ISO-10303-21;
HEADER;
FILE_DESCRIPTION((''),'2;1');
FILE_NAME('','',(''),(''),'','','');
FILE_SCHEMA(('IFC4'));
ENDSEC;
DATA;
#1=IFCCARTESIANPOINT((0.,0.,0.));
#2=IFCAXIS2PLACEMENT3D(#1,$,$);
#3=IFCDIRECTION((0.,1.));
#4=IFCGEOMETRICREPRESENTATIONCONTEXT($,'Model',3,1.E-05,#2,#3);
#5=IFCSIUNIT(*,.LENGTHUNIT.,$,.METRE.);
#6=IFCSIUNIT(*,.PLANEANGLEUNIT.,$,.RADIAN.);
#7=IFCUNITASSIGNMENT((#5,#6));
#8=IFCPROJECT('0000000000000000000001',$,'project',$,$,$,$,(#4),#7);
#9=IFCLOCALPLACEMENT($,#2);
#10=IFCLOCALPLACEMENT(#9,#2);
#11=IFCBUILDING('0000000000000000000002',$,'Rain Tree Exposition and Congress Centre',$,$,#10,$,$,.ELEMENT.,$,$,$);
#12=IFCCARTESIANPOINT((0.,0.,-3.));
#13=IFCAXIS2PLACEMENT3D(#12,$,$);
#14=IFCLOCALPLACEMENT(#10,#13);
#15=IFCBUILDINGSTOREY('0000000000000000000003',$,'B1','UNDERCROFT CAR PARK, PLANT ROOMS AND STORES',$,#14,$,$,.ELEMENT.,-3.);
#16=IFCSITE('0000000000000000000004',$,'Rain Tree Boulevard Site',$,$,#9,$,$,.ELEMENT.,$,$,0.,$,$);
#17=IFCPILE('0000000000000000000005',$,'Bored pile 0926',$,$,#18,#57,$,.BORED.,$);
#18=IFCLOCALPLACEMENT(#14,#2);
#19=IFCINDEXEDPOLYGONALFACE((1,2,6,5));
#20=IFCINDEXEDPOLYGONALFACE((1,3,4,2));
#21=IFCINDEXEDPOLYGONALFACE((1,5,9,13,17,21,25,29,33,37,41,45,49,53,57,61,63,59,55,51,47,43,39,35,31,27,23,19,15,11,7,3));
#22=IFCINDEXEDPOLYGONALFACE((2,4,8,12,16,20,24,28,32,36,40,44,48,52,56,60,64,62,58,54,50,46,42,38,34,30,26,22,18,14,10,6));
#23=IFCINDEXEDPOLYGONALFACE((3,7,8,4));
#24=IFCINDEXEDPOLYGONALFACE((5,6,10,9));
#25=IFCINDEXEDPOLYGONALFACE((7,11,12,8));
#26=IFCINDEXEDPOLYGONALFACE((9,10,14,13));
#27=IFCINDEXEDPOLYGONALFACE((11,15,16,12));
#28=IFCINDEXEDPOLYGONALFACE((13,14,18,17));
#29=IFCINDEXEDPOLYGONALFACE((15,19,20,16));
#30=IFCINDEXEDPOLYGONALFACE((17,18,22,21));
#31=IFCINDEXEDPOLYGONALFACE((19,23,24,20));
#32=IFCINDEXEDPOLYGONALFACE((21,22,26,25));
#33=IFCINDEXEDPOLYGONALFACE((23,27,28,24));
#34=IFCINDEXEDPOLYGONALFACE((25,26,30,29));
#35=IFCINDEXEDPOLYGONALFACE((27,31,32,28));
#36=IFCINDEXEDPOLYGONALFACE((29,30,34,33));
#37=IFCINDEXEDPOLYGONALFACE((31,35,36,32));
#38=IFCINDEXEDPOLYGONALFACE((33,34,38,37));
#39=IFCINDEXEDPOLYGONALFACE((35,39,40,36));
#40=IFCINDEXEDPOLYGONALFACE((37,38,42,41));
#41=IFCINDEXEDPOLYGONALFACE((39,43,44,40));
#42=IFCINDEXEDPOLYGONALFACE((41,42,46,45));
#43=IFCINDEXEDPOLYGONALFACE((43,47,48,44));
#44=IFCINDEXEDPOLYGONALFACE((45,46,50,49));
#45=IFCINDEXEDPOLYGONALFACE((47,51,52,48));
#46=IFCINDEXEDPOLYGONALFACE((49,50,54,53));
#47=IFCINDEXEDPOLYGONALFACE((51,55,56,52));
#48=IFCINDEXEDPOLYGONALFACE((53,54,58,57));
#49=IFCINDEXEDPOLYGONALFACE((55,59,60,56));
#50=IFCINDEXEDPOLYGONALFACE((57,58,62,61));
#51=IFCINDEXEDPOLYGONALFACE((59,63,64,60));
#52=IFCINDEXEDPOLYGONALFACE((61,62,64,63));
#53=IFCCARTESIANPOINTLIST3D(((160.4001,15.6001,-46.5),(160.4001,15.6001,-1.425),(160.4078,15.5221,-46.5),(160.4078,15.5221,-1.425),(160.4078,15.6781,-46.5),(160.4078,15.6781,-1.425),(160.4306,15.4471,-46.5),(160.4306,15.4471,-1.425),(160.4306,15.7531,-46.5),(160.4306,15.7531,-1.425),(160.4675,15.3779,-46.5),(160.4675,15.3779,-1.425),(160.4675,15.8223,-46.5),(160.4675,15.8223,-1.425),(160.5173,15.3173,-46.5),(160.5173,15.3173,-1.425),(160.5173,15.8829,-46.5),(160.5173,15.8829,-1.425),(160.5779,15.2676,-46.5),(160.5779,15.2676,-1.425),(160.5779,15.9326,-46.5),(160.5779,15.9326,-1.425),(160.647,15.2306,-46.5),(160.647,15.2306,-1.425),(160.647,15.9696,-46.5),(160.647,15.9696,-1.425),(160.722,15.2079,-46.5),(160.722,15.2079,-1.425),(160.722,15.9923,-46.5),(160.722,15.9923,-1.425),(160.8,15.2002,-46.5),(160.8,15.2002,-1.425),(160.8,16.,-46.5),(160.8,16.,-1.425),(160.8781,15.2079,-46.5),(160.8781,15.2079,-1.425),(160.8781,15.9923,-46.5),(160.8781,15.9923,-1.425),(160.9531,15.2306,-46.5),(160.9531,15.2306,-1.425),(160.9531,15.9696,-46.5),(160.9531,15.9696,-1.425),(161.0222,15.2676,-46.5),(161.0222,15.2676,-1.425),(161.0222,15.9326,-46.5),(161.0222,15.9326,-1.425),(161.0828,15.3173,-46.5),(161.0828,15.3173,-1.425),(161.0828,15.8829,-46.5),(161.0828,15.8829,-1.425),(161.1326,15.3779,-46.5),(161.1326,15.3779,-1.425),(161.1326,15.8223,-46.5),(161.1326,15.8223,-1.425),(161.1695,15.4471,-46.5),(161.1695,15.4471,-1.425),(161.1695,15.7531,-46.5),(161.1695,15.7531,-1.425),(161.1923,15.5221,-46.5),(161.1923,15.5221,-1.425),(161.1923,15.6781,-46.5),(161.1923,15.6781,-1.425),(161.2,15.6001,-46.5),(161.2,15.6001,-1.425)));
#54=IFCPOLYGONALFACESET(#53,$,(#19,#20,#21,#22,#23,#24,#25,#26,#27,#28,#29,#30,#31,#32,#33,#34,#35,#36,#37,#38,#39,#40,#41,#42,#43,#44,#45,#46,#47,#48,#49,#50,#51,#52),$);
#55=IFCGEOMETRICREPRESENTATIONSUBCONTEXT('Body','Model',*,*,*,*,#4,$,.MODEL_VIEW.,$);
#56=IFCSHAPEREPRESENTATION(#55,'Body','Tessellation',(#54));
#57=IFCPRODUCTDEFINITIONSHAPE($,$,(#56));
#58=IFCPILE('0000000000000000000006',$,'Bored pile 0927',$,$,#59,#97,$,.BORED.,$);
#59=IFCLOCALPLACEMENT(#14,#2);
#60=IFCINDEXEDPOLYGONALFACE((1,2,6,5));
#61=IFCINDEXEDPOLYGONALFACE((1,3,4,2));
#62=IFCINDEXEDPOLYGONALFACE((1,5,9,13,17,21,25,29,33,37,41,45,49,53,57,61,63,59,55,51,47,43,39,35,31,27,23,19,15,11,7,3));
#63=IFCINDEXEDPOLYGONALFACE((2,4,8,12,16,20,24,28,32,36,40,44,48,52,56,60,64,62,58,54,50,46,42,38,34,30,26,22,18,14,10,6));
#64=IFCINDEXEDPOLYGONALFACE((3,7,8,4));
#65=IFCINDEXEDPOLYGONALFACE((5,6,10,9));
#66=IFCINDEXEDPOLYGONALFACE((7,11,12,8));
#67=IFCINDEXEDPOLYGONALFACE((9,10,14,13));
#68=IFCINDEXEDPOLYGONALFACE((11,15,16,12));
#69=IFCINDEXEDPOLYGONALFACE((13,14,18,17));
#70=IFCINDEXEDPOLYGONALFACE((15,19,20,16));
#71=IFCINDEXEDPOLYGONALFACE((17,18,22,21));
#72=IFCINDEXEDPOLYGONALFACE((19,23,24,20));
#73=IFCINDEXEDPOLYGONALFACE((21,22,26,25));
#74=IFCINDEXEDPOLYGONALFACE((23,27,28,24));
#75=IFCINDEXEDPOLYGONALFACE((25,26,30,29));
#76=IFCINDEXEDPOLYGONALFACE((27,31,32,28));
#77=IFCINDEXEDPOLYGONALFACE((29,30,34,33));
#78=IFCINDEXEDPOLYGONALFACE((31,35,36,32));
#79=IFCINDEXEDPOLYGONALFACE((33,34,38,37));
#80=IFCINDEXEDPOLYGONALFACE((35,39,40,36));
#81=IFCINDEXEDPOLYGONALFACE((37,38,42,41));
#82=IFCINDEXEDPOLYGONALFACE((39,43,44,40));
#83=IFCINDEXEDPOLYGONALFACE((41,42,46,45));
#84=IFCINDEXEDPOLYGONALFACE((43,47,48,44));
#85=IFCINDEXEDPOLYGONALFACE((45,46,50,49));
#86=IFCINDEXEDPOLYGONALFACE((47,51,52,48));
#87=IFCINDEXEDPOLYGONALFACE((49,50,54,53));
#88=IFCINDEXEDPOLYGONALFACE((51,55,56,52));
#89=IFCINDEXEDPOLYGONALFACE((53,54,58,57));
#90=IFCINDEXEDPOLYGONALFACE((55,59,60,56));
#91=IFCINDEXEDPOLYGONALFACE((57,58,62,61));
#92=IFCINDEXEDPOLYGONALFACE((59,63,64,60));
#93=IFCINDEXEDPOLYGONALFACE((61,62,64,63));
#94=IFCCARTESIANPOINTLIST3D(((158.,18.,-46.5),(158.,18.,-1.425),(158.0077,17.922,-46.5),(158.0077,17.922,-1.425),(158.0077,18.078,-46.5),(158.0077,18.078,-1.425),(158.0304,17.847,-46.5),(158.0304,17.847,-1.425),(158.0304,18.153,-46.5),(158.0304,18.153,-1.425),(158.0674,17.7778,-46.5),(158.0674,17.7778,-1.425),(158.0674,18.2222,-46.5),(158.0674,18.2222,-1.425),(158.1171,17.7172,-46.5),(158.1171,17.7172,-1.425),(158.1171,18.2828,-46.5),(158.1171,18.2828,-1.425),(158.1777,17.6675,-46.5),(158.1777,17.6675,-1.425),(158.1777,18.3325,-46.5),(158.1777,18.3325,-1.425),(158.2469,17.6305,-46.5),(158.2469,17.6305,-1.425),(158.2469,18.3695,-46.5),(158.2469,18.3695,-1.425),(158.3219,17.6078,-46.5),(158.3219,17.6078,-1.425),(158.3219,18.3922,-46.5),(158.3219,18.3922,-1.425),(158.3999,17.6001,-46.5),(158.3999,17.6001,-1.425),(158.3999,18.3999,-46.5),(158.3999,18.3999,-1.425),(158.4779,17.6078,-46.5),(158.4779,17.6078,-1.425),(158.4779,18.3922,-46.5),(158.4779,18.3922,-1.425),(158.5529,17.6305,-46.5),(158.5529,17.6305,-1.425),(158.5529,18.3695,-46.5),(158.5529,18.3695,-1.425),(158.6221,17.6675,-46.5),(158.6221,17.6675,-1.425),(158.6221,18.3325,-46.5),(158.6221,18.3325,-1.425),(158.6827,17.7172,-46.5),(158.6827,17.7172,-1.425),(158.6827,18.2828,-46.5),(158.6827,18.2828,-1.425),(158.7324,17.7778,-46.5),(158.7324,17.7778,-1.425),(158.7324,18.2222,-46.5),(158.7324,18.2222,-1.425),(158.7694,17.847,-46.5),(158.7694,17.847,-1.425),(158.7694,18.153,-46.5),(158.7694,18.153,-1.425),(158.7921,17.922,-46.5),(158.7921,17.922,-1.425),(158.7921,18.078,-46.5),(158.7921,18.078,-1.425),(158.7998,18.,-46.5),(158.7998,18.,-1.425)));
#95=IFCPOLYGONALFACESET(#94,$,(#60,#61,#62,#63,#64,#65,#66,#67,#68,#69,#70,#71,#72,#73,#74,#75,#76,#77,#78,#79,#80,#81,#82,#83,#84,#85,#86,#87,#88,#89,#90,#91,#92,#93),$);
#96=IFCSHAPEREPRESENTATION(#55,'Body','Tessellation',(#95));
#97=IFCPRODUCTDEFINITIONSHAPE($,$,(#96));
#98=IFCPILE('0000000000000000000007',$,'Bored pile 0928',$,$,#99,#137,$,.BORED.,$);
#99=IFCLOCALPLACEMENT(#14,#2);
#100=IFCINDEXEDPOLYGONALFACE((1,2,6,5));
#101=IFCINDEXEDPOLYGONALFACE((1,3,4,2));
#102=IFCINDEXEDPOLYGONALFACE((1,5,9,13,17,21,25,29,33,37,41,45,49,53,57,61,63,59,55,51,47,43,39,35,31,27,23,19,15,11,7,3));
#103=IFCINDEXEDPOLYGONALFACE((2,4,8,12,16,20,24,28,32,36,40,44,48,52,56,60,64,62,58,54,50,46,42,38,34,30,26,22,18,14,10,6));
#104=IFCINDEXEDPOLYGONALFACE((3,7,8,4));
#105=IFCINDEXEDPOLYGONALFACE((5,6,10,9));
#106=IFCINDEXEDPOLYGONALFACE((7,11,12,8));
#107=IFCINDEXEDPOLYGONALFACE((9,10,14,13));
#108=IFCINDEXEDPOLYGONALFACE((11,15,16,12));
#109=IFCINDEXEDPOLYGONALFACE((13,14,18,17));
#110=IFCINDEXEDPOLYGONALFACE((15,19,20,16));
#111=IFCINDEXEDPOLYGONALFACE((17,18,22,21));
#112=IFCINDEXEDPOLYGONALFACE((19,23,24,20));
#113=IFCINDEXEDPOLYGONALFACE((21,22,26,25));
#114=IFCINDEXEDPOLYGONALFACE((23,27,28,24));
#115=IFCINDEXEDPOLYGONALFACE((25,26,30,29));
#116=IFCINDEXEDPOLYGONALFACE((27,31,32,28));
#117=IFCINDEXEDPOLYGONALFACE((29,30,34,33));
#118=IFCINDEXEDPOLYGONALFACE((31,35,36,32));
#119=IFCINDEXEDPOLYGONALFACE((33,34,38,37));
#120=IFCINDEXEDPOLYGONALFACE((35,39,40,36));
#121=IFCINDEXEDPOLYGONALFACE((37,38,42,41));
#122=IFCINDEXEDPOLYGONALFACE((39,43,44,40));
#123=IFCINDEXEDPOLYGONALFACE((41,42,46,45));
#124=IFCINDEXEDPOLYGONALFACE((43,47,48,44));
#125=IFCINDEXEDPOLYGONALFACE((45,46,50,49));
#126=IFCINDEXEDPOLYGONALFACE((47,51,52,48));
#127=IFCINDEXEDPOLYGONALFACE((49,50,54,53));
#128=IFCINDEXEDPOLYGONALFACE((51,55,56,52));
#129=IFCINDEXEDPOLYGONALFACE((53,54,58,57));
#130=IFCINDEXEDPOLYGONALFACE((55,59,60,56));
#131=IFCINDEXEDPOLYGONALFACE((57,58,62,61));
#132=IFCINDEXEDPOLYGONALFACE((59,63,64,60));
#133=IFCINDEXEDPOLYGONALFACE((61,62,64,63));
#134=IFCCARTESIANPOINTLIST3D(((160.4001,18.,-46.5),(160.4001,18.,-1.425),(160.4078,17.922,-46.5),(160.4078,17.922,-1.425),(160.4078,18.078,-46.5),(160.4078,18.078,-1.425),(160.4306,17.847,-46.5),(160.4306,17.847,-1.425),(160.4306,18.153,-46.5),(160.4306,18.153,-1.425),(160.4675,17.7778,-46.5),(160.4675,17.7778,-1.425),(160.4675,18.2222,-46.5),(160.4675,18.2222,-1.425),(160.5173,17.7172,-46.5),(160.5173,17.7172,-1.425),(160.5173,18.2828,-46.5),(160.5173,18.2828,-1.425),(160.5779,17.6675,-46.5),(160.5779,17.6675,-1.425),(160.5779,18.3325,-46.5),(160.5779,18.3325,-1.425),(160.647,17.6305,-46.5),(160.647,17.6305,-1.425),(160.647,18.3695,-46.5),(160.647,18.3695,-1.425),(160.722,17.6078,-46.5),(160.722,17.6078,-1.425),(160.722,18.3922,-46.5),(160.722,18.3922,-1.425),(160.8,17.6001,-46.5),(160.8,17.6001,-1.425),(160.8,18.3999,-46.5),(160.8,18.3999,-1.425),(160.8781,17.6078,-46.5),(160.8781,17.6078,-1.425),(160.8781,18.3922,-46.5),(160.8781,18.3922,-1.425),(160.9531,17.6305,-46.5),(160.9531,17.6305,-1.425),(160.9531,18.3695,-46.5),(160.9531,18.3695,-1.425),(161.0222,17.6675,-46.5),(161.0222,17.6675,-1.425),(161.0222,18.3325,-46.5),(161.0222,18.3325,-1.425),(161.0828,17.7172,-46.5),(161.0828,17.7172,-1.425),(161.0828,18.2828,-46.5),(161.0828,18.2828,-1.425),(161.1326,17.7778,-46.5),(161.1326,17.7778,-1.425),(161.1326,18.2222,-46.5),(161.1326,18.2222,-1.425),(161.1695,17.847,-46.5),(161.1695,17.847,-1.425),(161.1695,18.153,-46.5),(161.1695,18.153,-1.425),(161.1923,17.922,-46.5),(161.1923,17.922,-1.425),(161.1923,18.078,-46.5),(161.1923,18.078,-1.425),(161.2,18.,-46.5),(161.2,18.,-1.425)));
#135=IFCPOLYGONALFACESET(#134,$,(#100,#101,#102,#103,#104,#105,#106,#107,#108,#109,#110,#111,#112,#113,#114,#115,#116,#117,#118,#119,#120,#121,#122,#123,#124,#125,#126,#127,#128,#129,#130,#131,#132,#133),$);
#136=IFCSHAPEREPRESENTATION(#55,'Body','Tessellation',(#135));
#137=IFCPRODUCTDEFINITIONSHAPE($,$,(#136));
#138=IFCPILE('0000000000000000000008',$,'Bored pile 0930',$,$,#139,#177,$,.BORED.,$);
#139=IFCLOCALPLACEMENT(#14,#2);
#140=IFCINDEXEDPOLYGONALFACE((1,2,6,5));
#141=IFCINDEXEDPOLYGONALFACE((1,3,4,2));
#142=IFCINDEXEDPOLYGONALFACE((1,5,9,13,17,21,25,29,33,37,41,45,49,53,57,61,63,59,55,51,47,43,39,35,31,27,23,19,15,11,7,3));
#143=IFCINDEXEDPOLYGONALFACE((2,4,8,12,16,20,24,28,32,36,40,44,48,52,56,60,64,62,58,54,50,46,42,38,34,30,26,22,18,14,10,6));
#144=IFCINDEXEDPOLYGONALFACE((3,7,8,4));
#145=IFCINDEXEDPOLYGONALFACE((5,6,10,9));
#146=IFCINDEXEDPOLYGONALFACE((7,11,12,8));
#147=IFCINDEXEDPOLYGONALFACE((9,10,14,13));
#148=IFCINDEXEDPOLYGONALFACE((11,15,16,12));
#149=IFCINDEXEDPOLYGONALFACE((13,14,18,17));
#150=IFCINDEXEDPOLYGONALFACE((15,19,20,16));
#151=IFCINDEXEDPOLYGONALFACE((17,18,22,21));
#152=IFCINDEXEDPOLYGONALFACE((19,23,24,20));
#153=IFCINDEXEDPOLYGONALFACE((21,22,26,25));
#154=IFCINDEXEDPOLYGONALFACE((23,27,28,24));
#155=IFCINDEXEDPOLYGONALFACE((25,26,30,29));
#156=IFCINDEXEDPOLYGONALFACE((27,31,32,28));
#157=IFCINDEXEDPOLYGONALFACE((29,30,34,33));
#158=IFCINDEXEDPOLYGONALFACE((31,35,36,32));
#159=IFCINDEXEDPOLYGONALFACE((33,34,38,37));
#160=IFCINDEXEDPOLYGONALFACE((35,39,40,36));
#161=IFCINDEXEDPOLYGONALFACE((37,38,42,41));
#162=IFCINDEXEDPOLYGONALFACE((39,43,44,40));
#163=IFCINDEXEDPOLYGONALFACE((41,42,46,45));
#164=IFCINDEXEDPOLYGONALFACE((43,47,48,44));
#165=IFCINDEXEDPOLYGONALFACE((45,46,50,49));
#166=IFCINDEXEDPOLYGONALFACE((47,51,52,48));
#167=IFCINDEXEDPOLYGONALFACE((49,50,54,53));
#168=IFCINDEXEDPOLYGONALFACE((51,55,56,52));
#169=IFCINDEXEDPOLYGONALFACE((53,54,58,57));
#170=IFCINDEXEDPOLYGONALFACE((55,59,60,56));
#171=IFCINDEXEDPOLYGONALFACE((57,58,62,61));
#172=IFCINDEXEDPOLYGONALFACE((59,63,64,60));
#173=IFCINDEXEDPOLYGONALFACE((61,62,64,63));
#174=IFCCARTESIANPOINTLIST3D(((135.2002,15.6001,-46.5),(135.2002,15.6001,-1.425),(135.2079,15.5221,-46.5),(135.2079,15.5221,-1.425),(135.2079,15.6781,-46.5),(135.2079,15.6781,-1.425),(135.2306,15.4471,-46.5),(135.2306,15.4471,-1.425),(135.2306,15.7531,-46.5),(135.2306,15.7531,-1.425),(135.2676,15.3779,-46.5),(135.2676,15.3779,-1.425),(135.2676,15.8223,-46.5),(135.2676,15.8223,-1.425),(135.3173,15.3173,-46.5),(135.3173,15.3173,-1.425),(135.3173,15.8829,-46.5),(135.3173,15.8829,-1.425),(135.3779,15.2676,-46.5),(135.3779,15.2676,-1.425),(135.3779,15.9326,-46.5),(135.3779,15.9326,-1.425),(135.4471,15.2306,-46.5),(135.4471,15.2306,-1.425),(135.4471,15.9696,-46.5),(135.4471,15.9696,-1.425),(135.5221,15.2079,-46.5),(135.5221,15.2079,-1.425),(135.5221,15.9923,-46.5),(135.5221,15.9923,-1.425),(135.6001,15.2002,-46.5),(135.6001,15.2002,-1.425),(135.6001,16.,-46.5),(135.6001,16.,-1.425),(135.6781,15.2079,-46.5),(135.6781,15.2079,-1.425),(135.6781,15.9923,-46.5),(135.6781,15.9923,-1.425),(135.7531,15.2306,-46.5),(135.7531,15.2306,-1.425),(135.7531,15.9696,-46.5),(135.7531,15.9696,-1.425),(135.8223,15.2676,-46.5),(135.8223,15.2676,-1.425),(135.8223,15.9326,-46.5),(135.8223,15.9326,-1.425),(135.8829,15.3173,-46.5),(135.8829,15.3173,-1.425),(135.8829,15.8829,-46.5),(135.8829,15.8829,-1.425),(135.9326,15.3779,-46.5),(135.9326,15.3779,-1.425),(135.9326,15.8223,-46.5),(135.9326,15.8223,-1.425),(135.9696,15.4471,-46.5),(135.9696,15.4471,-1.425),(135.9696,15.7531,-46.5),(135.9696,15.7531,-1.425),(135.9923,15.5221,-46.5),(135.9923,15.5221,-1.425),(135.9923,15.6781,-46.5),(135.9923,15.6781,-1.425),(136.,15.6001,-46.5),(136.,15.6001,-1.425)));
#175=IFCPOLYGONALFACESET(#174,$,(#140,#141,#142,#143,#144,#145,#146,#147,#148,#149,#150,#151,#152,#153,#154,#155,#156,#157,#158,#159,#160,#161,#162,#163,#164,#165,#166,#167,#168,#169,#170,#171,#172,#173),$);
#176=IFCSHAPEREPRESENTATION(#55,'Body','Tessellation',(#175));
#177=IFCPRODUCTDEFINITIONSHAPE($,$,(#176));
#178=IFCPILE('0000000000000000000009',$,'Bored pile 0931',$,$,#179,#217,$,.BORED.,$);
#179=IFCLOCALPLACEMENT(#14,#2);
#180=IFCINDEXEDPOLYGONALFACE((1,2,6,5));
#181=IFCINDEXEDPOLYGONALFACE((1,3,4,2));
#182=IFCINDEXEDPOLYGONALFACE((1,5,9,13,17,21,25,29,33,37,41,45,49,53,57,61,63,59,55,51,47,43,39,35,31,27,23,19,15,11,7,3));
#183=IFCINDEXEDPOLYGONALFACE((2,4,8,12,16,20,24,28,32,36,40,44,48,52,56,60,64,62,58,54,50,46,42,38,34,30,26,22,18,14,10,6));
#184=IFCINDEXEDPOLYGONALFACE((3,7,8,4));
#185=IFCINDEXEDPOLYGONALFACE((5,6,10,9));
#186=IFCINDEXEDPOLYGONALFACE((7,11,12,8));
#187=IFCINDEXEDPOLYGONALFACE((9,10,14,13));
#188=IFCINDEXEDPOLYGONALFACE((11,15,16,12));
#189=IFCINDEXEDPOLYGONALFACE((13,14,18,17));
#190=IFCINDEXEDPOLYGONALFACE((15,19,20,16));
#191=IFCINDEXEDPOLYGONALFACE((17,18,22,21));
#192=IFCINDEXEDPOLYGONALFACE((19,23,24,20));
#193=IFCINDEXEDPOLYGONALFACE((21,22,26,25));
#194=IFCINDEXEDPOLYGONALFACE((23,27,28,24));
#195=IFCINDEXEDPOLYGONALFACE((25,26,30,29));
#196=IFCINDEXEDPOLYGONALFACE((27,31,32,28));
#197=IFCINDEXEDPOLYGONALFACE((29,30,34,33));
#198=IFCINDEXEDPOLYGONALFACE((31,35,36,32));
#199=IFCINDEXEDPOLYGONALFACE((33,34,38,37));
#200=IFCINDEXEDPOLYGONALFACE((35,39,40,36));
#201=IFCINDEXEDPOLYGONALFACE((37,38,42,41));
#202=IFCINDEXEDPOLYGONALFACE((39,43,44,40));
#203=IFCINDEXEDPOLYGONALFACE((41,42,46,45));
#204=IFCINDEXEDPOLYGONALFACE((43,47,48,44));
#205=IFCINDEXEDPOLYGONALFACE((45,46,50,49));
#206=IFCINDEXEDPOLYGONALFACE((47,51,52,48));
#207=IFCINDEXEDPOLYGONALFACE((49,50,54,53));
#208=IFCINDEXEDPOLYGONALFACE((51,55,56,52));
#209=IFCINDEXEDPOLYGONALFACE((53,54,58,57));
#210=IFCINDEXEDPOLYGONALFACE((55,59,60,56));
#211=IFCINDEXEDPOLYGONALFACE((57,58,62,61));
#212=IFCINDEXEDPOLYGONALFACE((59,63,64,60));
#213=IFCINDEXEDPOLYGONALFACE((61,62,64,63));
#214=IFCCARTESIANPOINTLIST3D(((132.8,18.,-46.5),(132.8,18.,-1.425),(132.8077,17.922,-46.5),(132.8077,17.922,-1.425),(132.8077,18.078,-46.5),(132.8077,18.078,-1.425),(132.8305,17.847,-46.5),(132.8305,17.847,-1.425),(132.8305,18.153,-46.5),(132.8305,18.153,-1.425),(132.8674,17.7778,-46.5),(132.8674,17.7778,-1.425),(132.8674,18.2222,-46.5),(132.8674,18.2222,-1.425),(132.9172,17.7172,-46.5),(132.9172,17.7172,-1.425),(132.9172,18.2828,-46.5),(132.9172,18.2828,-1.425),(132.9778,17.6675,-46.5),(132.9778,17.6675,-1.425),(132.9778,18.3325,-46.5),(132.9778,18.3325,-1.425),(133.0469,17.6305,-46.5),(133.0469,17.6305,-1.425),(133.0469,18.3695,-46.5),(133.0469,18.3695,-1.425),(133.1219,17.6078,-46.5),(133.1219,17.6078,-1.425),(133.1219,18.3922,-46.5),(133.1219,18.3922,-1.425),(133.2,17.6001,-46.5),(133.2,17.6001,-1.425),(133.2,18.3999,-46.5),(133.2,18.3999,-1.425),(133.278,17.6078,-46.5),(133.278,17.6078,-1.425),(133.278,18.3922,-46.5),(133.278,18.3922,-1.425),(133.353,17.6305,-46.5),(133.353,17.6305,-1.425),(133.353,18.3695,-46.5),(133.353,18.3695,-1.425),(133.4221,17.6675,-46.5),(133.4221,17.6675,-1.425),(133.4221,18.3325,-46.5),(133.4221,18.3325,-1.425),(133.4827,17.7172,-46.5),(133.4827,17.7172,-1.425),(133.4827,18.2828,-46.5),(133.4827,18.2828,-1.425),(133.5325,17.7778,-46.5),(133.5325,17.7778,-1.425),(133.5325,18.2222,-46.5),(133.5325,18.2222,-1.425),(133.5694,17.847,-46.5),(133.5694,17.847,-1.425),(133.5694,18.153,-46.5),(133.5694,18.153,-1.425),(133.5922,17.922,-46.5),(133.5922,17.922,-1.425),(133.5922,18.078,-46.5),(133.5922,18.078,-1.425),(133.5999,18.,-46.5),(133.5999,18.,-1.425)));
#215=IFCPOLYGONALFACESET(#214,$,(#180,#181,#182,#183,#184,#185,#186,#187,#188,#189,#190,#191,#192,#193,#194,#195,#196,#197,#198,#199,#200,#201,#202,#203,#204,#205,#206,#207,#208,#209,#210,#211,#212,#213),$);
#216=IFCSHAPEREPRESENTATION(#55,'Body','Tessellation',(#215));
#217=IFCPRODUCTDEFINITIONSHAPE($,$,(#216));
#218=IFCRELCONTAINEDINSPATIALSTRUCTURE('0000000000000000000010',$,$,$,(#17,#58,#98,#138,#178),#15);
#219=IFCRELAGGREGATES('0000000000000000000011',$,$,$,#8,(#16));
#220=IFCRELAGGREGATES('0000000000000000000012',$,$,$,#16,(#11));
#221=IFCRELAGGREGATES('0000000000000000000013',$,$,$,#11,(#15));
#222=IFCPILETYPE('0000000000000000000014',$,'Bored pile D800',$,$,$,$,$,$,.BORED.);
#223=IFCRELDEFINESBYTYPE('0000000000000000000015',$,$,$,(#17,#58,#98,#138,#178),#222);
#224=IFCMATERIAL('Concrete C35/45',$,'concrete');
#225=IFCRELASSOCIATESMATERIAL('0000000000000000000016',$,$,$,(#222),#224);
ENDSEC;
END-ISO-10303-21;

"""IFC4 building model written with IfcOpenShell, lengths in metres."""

from ifc_helpers import new_model, si_unit, direction, frame, origin, origin_2d, place, context, subcontext, project, spatial, circle, extrude, material, material_profile, profile_set, type_object, element, save


model = new_model("IFC4")

# Units and contexts
model_context = context("Model", 3, precision=1e-05, world=origin(), true_north=direction((0.0, 1.0)))
body_context = subcontext(model_context, "Body", "Model", "MODEL_VIEW")
ifc_project = project(units=[si_unit("LENGTHUNIT", "METRE"), si_unit("PLANEANGLEUNIT", "RADIAN")], contexts=[model_context])

# Site, building, storey
site_placement = place(None, origin())
site = spatial("IfcSite", under=ifc_project, at=site_placement, Name="Rain Tree Boulevard Site", CompositionType="ELEMENT", RefElevation=0.0)
building_placement = place(site_placement, origin())
building = spatial("IfcBuilding", under=site, at=building_placement, Name="Rain Tree Exposition and Congress Centre", CompositionType="ELEMENT")
storey_placement = place(building_placement, frame((0.0, 0.0, -3.0)))
storey = spatial("IfcBuildingStorey", under=building, at=storey_placement, Name="B1", Description="UNDERCROFT CAR PARK, PLANT ROOMS AND STORES", CompositionType="ELEMENT", Elevation=-3.0)

# Piles
ifc_material_1 = material(Name="Concrete C35/45", Category="concrete")
ifc_material_profile_1 = material_profile(ifc_material_1, circle(Radius=0.3999, at=origin_2d()), Name="D800")
ifc_profile_set_1 = profile_set([ifc_material_profile_1], Name="Concrete C35/45")
pile_type_1 = type_object("IfcPileType", Name="Bored pile D800", PredefinedType="BORED", material=ifc_profile_set_1)
for number, where, z_axis, x_axis, name in (
    (1, (160.8, 15.6001, -1.425), (0.0, 0.0, -1.0), (1.0, 0.0, 0.0), "Bored pile 0926"),
    (2, (158.3999, 18.0, -1.425), (0.0, 0.0, -1.0), (1.0, 0.0, 0.0), "Bored pile 0927"),
    (3, (160.8, 18.0, -1.425), (0.0, 0.0, -1.0), (1.0, 0.0, 0.0), "Bored pile 0928"),
    (4, (135.6001, 15.6001, -1.425), (0.0, 0.0, -1.0), (1.0, 0.0, 0.0), "Bored pile 0930"),
    (5, (133.2, 18.0, -1.425), (0.0, 0.0, -1.0), (1.0, 0.0, 0.0), "Bored pile 0931"),
):
    element("IfcPile", number, at=place(storey_placement, frame(where, z_axis=z_axis, x_axis=x_axis)), inside=storey, type_object=pile_type_1, Name=name, PredefinedType="BORED", context=body_context, shape_type="SweptSolid", body=[
        extrude(circle(Radius=0.3999, at=origin_2d()), origin(), (0.0, 0.0, 1.0), 45.075),
    ])

save(model, "model.ifc")
